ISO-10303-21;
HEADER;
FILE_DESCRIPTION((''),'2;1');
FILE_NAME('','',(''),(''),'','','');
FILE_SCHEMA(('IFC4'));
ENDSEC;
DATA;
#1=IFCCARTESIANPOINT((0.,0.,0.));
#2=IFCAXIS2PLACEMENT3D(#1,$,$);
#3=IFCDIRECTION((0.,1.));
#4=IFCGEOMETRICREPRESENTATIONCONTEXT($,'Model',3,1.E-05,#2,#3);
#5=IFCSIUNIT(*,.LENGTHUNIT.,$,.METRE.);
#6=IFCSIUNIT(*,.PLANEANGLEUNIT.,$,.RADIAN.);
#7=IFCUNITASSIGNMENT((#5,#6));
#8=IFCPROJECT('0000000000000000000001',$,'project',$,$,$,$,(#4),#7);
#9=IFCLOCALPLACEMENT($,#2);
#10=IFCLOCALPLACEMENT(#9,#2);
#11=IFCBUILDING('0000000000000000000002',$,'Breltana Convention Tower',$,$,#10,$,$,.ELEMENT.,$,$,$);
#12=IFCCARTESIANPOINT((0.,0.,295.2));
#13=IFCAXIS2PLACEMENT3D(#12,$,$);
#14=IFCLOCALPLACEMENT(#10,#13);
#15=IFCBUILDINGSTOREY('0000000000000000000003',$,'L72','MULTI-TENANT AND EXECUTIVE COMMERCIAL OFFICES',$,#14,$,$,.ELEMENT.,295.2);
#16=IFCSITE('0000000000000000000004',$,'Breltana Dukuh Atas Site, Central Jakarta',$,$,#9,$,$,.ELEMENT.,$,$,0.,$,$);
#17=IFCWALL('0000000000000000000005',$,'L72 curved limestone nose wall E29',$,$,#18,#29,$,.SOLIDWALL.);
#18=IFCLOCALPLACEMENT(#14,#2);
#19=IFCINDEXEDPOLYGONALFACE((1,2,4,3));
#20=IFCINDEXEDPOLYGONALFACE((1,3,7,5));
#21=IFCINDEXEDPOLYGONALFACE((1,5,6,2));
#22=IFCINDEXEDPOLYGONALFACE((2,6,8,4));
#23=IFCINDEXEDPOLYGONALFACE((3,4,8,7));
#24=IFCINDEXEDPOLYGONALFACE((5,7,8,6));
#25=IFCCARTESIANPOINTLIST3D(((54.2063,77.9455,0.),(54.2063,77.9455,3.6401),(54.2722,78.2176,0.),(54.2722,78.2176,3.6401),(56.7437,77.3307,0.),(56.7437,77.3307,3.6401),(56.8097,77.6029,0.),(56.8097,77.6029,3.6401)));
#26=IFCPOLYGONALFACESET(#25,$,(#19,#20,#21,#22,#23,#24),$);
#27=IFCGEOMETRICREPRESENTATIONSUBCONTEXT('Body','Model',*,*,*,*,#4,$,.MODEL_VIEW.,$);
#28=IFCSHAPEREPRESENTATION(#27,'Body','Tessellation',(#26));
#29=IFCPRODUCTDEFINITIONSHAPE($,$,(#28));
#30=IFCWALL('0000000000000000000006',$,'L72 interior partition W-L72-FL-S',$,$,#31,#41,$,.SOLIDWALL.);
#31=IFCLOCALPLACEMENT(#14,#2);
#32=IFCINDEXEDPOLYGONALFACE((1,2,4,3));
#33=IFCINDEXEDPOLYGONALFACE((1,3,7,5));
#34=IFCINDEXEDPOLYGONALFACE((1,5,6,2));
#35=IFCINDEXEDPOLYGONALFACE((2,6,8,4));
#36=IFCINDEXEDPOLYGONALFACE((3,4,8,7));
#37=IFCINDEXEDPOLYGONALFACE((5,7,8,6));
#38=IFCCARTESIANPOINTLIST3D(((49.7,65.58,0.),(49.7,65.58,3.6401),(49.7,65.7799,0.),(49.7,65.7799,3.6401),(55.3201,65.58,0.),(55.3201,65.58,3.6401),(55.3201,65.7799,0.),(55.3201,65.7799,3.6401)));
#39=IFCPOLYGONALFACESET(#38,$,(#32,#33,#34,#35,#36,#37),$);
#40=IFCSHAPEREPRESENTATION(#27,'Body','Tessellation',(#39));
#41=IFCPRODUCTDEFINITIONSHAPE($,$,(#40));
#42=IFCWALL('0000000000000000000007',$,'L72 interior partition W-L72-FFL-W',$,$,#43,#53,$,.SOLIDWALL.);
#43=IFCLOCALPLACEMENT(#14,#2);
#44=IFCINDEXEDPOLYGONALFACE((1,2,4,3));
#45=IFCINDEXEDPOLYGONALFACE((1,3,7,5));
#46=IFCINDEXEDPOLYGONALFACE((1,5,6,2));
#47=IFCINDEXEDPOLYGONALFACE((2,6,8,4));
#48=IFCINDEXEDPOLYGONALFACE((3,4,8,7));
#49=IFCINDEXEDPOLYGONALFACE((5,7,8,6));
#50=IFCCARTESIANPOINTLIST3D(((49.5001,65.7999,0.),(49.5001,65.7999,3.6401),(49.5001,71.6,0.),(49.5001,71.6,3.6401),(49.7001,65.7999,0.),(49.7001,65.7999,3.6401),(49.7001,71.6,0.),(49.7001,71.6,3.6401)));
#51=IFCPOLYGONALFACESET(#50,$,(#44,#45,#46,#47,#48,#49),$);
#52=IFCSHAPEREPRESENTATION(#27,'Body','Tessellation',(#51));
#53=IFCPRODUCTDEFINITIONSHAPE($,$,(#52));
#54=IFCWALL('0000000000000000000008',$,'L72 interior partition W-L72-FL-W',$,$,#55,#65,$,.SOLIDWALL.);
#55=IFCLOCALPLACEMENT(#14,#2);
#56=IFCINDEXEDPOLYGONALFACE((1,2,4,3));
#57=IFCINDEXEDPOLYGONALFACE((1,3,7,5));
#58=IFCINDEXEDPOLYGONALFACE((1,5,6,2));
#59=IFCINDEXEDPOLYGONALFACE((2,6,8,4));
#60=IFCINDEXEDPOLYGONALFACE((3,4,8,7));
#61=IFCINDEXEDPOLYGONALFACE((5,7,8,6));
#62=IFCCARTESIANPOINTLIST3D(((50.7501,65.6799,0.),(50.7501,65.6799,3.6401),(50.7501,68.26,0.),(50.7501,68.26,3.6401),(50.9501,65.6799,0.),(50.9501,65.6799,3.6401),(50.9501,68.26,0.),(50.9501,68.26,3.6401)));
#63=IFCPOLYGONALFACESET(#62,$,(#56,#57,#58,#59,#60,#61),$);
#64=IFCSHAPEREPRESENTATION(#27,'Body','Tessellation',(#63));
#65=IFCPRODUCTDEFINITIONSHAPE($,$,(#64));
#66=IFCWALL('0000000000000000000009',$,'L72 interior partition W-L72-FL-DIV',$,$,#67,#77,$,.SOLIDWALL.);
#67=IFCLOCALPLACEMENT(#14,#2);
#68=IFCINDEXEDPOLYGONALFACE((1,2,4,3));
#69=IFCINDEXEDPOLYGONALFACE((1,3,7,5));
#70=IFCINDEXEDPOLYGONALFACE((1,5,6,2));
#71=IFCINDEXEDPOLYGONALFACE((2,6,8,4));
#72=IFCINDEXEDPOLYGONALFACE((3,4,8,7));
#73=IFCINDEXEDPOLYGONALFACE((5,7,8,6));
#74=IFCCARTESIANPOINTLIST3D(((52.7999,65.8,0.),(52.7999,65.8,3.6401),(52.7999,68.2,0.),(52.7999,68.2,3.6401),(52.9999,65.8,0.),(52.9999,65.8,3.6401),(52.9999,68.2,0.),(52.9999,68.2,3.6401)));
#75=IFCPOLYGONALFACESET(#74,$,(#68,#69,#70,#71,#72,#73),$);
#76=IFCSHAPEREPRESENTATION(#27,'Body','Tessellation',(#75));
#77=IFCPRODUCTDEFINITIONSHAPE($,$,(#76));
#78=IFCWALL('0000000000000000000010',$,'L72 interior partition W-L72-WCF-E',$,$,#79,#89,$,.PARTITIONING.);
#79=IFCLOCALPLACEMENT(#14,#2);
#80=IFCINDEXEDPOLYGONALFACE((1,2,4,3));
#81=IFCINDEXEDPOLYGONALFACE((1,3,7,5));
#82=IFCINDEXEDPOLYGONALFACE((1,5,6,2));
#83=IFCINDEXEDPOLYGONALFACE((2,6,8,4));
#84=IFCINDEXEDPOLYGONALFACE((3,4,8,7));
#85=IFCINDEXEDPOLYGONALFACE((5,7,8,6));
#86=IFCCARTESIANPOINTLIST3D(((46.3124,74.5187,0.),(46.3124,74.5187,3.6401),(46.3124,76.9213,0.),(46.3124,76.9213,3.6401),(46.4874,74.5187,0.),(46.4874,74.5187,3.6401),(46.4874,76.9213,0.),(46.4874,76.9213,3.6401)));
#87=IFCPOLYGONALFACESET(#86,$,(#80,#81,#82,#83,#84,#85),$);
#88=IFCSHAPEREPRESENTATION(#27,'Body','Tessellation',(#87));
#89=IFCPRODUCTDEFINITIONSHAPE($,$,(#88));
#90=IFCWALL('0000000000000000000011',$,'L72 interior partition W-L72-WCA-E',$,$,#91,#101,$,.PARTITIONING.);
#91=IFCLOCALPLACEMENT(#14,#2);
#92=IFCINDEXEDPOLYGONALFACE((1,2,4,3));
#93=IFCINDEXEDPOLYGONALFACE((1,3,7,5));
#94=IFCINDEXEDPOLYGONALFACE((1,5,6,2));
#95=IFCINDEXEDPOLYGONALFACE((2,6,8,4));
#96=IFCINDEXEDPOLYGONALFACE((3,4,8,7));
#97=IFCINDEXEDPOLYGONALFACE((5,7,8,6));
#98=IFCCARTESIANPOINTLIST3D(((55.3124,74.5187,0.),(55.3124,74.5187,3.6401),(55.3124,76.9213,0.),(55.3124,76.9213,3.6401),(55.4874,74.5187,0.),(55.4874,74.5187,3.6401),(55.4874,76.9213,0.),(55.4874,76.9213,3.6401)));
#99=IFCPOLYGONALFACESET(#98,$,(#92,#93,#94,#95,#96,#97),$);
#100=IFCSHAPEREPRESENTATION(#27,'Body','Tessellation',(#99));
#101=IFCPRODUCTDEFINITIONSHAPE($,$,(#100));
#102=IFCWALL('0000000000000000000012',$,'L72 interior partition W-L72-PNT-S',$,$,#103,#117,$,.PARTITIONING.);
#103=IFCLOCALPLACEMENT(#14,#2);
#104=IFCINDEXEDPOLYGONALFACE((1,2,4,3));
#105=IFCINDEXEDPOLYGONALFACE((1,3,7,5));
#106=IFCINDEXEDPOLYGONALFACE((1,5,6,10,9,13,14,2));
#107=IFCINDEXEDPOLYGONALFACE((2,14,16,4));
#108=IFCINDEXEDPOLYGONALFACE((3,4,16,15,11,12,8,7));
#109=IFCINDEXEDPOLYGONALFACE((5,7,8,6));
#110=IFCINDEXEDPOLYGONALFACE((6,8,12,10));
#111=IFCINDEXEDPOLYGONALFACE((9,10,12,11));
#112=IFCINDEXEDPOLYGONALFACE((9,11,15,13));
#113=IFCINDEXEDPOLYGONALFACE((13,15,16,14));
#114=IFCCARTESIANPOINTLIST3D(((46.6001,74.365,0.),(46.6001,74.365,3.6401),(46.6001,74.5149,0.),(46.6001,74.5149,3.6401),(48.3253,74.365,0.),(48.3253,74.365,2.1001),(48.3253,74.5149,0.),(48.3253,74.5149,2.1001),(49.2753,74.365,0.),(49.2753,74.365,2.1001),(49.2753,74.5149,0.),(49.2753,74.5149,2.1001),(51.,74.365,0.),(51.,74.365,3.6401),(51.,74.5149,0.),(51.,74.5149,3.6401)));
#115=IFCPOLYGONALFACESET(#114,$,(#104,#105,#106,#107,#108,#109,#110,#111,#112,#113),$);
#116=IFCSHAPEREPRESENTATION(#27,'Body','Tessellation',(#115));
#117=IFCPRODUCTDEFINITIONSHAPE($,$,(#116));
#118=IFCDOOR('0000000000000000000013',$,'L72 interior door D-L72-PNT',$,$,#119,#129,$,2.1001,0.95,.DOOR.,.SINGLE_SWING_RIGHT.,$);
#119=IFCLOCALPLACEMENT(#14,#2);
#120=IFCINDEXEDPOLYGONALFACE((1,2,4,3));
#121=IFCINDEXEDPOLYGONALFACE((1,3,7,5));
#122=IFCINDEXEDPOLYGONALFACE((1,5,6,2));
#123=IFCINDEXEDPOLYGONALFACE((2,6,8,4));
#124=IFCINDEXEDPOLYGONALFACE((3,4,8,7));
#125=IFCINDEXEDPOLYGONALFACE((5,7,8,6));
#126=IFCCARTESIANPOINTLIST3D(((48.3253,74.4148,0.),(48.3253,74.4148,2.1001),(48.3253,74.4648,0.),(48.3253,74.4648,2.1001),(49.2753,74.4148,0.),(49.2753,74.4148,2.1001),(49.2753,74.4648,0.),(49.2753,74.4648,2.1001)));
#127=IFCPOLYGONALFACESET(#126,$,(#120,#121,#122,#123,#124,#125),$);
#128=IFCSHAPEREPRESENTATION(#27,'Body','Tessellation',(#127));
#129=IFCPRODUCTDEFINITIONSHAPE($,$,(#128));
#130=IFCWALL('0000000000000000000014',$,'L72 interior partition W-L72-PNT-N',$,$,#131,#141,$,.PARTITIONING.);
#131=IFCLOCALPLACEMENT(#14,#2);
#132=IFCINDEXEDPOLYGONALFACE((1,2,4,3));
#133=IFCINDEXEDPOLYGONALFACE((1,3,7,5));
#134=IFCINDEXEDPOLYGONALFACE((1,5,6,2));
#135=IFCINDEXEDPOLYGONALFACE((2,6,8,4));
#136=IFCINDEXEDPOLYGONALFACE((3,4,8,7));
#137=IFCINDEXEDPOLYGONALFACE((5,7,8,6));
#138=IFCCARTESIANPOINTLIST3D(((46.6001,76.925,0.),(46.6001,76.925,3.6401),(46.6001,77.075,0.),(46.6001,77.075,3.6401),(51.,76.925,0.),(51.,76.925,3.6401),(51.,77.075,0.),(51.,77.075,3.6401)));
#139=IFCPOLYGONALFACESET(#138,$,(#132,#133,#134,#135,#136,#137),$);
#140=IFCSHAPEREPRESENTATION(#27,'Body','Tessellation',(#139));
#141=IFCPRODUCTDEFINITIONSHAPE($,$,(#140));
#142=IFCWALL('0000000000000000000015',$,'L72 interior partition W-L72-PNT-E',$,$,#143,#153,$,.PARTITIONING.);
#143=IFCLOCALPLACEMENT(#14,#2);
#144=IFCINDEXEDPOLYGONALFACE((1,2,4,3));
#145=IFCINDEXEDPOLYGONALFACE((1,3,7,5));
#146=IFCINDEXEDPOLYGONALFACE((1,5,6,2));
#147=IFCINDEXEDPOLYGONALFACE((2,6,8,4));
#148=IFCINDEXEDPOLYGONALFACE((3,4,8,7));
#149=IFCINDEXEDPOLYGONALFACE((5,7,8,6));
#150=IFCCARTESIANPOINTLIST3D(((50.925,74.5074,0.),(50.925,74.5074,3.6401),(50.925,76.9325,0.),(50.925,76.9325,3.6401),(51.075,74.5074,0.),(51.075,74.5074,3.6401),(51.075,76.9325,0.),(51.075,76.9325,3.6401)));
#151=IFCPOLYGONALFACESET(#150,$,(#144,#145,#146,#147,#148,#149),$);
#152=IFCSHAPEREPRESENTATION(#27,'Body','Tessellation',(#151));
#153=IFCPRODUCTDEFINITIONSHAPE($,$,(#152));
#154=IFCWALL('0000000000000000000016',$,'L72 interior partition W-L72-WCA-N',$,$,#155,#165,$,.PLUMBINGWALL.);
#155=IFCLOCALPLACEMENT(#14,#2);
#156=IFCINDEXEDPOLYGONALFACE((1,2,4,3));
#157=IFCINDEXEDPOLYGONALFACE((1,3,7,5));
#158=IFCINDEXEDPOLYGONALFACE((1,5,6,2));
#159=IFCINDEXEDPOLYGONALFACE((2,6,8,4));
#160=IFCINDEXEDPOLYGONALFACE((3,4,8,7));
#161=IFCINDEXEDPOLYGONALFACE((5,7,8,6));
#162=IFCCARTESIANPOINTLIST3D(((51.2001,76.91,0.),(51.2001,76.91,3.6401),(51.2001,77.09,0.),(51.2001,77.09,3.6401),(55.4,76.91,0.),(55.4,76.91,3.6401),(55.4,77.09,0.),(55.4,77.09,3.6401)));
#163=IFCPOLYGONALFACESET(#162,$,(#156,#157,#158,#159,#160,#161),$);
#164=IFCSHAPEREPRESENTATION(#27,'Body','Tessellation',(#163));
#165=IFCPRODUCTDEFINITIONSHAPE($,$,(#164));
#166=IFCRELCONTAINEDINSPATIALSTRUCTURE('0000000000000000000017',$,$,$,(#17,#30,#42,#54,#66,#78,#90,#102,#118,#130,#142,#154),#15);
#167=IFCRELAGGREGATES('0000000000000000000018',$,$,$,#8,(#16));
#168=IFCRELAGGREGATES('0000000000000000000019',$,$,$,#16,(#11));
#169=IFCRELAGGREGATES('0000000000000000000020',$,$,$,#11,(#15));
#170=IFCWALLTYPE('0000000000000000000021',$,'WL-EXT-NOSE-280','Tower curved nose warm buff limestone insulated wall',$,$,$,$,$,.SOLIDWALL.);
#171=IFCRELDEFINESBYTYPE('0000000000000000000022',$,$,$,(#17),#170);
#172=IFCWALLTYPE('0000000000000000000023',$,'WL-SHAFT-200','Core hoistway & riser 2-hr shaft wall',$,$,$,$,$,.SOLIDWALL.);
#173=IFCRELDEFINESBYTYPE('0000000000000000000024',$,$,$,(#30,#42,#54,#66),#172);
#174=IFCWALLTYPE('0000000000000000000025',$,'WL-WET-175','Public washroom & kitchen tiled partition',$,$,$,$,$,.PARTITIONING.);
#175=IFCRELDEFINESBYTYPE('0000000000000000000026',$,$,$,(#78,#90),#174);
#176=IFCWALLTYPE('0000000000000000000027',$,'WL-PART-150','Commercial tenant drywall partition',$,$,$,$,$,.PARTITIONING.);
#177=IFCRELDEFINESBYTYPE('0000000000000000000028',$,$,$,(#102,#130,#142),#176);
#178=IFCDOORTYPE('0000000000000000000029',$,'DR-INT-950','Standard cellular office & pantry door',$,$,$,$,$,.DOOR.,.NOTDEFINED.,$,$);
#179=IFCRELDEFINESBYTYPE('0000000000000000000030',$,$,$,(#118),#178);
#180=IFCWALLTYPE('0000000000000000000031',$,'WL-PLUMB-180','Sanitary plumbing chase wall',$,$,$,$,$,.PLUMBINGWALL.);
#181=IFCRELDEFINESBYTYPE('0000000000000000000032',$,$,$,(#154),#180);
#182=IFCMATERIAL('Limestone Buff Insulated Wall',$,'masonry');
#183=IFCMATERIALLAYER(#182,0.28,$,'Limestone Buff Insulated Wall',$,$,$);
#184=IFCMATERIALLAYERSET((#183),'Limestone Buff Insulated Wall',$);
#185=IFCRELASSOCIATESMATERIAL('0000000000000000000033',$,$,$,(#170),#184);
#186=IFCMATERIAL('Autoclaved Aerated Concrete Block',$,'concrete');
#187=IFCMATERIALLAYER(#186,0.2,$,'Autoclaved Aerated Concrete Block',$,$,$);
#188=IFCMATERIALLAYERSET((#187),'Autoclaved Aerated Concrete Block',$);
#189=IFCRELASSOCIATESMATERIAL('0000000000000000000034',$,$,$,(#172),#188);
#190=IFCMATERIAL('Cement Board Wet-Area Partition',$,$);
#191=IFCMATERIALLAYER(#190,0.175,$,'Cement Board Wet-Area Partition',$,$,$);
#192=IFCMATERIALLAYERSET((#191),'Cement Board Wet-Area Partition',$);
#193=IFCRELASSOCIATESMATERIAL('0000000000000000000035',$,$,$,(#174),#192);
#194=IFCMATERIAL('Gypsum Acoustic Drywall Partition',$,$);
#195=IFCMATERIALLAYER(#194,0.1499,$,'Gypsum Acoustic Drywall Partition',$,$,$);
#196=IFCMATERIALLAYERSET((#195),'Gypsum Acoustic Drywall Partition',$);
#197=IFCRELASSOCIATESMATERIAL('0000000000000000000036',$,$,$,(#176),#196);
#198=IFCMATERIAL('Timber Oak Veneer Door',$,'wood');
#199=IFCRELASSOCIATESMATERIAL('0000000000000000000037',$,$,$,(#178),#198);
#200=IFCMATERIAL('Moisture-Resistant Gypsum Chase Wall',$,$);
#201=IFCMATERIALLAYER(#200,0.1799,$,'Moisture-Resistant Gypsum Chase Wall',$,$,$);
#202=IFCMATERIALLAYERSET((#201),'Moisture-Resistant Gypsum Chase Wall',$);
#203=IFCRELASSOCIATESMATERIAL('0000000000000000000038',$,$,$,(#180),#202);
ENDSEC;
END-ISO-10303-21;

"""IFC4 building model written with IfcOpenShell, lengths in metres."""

from ifc_helpers import new_model, si_unit, direction, frame, frame_2d, origin, place, context, subcontext, project, spatial, rectangle, extrude, source, transform, mapped, material, layer, layer_set, type_object, type_shapes, element, fill, save


model = new_model("IFC4")

# Units and contexts
model_context = context("Model", 3, precision=1e-05, world=origin(), true_north=direction((0.0, 1.0)))
body_context = subcontext(model_context, "Body", "Model", "MODEL_VIEW")
ifc_project = project(units=[si_unit("LENGTHUNIT", "METRE"), si_unit("PLANEANGLEUNIT", "RADIAN")], contexts=[model_context])

# Site, building, storey
site_placement = place(None, origin())
site = spatial("IfcSite", under=ifc_project, at=site_placement, Name="Breltana Dukuh Atas Site, Central Jakarta", CompositionType="ELEMENT", RefElevation=0.0)
building_placement = place(site_placement, origin())
building = spatial("IfcBuilding", under=site, at=building_placement, Name="Breltana Convention Tower", CompositionType="ELEMENT")
storey_placement = place(building_placement, frame((0.0, 0.0, 295.2)))
storey = spatial("IfcBuildingStorey", under=building, at=storey_placement, Name="L72", Description="MULTI-TENANT AND EXECUTIVE COMMERCIAL OFFICES", CompositionType="ELEMENT", Elevation=295.2)

# Wall
ifc_material_1 = material(Name="Limestone Buff Insulated Wall", Category="masonry")
ifc_layer_1 = layer(ifc_material_1, 0.28, Name="Limestone Buff Insulated Wall")
ifc_layer_set_1 = layer_set([ifc_layer_1], Name="Limestone Buff Insulated Wall")
wall_type_1 = type_object("IfcWallType", Name="WL-EXT-NOSE-280", Description="Tower curved nose warm buff limestone insulated wall", PredefinedType="SOLIDWALL", material=ifc_layer_set_1)
shared_shape_1 = source(origin(), body_context, "Body", "SweptSolid", [
    extrude(rectangle(XDim=2.6108, YDim=0.28, at=frame_2d((1.3054, 0.0))), origin(), (0.0, 0.0, 1.0), 3.6401),
])
wall_1_placement = place(storey_placement, frame((54.2393, 78.0815, 0.0), z_axis=(0.0, 0.0, 1.0), x_axis=(0.971883, -0.235466, 0.0)))
element("IfcWall", 1, at=wall_1_placement, inside=storey, type_object=wall_type_1, Name="L72 curved limestone nose wall E29", PredefinedType="SOLIDWALL", context=body_context, shape_type="MappedRepresentation", body=[
    mapped(shared_shape_1, transform((0.0, 0.0, 0.0), scale=1.0)),
])

# Shared definitions
ifc_material_2 = material(Name="Autoclaved Aerated Concrete Block", Category="concrete")
ifc_layer_2 = layer(ifc_material_2, 0.2, Name="Autoclaved Aerated Concrete Block")
ifc_layer_set_2 = layer_set([ifc_layer_2], Name="Autoclaved Aerated Concrete Block")
wall_type_2 = type_object("IfcWallType", Name="WL-SHAFT-200", Description="Core hoistway & riser 2-hr shaft wall", PredefinedType="SOLIDWALL", material=ifc_layer_set_2)
shared_shape_2 = source(origin(), body_context, "Body", "SweptSolid", [
    extrude(rectangle(XDim=5.6201, YDim=0.2, at=frame_2d((2.8101, 0.0))), origin(), (0.0, 0.0, 1.0), 3.6401),
])

# Walls
wall_2_placement = place(storey_placement, frame((49.7, 65.6799, 0.0), z_axis=(0.0, 0.0, 1.0), x_axis=(1.0, 0.0, 0.0)))
element("IfcWall", 2, at=wall_2_placement, inside=storey, type_object=wall_type_2, Name="L72 interior partition W-L72-FL-S", PredefinedType="SOLIDWALL", context=body_context, shape_type="MappedRepresentation", body=[
    mapped(shared_shape_2, transform((0.0, 0.0, 0.0), scale=1.0)),
])
shared_shape_3 = source(origin(), body_context, "Body", "SweptSolid", [
    extrude(rectangle(XDim=5.8, YDim=0.2, at=frame_2d((2.8999, 0.0))), origin(), (0.0, 0.0, 1.0), 3.6401),
])
wall_3_placement = place(storey_placement, frame((49.6001, 65.8, 0.0), z_axis=(0.0, 0.0, 1.0), x_axis=(0.0, 1.0, 0.0)))
element("IfcWall", 3, at=wall_3_placement, inside=storey, type_object=wall_type_2, Name="L72 interior partition W-L72-FFL-W", PredefinedType="SOLIDWALL", context=body_context, shape_type="MappedRepresentation", body=[
    mapped(shared_shape_3, transform((0.0, 0.0, 0.0), scale=1.0)),
])
shared_shape_4 = source(origin(), body_context, "Body", "SweptSolid", [
    extrude(rectangle(XDim=2.5801, YDim=0.2, at=frame_2d((1.29, 0.0))), origin(), (0.0, 0.0, 1.0), 3.6401),
])
wall_4_placement = place(storey_placement, frame((50.8501, 65.6799, 0.0), z_axis=(0.0, 0.0, 1.0), x_axis=(0.0, 1.0, 0.0)))
element("IfcWall", 4, at=wall_4_placement, inside=storey, type_object=wall_type_2, Name="L72 interior partition W-L72-FL-W", PredefinedType="SOLIDWALL", context=body_context, shape_type="MappedRepresentation", body=[
    mapped(shared_shape_4, transform((0.0, 0.0, 0.0), scale=1.0)),
])
shared_shape_5 = source(origin(), body_context, "Body", "SweptSolid", [
    extrude(rectangle(XDim=2.3999, YDim=0.2, at=frame_2d((1.2, 0.0))), origin(), (0.0, 0.0, 1.0), 3.6401),
])
wall_5_placement = place(storey_placement, frame((52.8999, 65.8, 0.0), z_axis=(0.0, 0.0, 1.0), x_axis=(0.0, 1.0, 0.0)))
element("IfcWall", 5, at=wall_5_placement, inside=storey, type_object=wall_type_2, Name="L72 interior partition W-L72-FL-DIV", PredefinedType="SOLIDWALL", context=body_context, shape_type="MappedRepresentation", body=[
    mapped(shared_shape_5, transform((0.0, 0.0, 0.0), scale=1.0)),
])
ifc_material_3 = material(Name="Cement Board Wet-Area Partition")
ifc_layer_3 = layer(ifc_material_3, 0.175, Name="Cement Board Wet-Area Partition")
ifc_layer_set_3 = layer_set([ifc_layer_3], Name="Cement Board Wet-Area Partition")
wall_type_3 = type_object("IfcWallType", Name="WL-WET-175", Description="Public washroom & kitchen tiled partition", PredefinedType="PARTITIONING", material=ifc_layer_set_3)
shared_shape_6 = source(origin(), body_context, "Body", "SweptSolid", [
    extrude(rectangle(XDim=2.4026, YDim=0.175, at=frame_2d((1.2012, 0.0))), origin(), (0.0, 0.0, 1.0), 3.6401),
])
for number, where, z_axis, x_axis, name in (
    (6, (46.3999, 74.5188, 0.0), (0.0, 0.0, 1.0), (0.0, 1.0, 0.0), "L72 interior partition W-L72-WCF-E"),
    (7, (55.3999, 74.5188, 0.0), (0.0, 0.0, 1.0), (0.0, 1.0, 0.0), "L72 interior partition W-L72-WCA-E"),
):
    element("IfcWall", number, at=place(storey_placement, frame(where, z_axis=z_axis, x_axis=x_axis)), inside=storey, type_object=wall_type_3, Name=name, PredefinedType="PARTITIONING", context=body_context, shape_type="MappedRepresentation", body=[
        mapped(shared_shape_6, transform((0.0, 0.0, 0.0), scale=1.0)),
    ])

# Wall, opening, door
ifc_material_4 = material(Name="Gypsum Acoustic Drywall Partition")
ifc_layer_4 = layer(ifc_material_4, 0.1499, Name="Gypsum Acoustic Drywall Partition")
ifc_layer_set_4 = layer_set([ifc_layer_4], Name="Gypsum Acoustic Drywall Partition")
wall_type_4 = type_object("IfcWallType", Name="WL-PART-150", Description="Commercial tenant drywall partition", PredefinedType="PARTITIONING", material=ifc_layer_set_4)
shared_shape_7 = source(origin(), body_context, "Body", "SweptSolid", [
    extrude(rectangle(XDim=4.3999, YDim=0.1499, at=frame_2d((2.2, 0.0))), origin(), (0.0, 0.0, 1.0), 3.6401),
])
wall_6_placement = place(storey_placement, frame((46.6001, 74.4399, 0.0), z_axis=(0.0, 0.0, 1.0), x_axis=(1.0, 0.0, 0.0)))
wall_6 = element("IfcWall", 8, at=wall_6_placement, inside=storey, type_object=wall_type_4, Name="L72 interior partition W-L72-PNT-S", PredefinedType="PARTITIONING", context=body_context, shape_type="MappedRepresentation", body=[
    mapped(shared_shape_7, transform((0.0, 0.0, 0.0), scale=1.0)),
])
opening_1_placement = place(wall_6_placement, frame((1.7251, 0.0, 0.0)))
opening_1 = element("IfcOpeningElement", 9, at=opening_1_placement, cuts=wall_6, PredefinedType="OPENING", context=body_context, shape_type="SweptSolid", body=[
    extrude(rectangle(XDim=0.95, YDim=2.1001, at=frame_2d((0.4751, 1.05))), frame((0.0, 0.085, 0.0), z_axis=(0.0, -1.0, 0.0), x_axis=(1.0, 0.0, 0.0)), (0.0, 0.0, 1.0), 0.1699),
])
ifc_material_5 = material(Name="Timber Oak Veneer Door", Category="wood")
door_type_1 = type_object("IfcDoorType", Name="DR-INT-950", Description="Standard cellular office & pantry door", OperationType="NOTDEFINED", PredefinedType="DOOR", material=ifc_material_5)
shared_shape_8 = source(origin(), body_context, "Body", "SweptSolid", [
    extrude(rectangle(XDim=0.95, YDim=2.1001, at=frame_2d((0.4751, 1.05))), frame((0.0, 0.0249, 0.0), z_axis=(0.0, -1.0, 0.0), x_axis=(1.0, 0.0, 0.0)), (0.0, 0.0, 1.0), 0.05),
])
type_shapes(door_type_1, [shared_shape_8])
door_1_placement = place(opening_1_placement, origin())
door_1 = element("IfcDoor", 10, at=door_1_placement, inside=storey, type_object=door_type_1, Name="L72 interior door D-L72-PNT", OperationType="SINGLE_SWING_RIGHT", OverallHeight=2.1001, OverallWidth=0.95, PredefinedType="DOOR", context=body_context, shape_type="MappedRepresentation", body=[
    mapped(shared_shape_8, transform((0.0, 0.0, 0.0), scale=1.0)),
])
fill(opening_1, door_1)

# Walls
wall_7_placement = place(storey_placement, frame((46.6001, 77.0, 0.0), z_axis=(0.0, 0.0, 1.0), x_axis=(1.0, 0.0, 0.0)))
element("IfcWall", 11, at=wall_7_placement, inside=storey, type_object=wall_type_4, Name="L72 interior partition W-L72-PNT-N", PredefinedType="PARTITIONING", context=body_context, shape_type="MappedRepresentation", body=[
    mapped(shared_shape_7, transform((0.0, 0.0, 0.0), scale=1.0)),
])
shared_shape_9 = source(origin(), body_context, "Body", "SweptSolid", [
    extrude(rectangle(XDim=2.425, YDim=0.1499, at=frame_2d((1.2124, 0.0))), origin(), (0.0, 0.0, 1.0), 3.6401),
])
wall_8_placement = place(storey_placement, frame((51.0, 74.5076, 0.0), z_axis=(0.0, 0.0, 1.0), x_axis=(0.0, 1.0, 0.0)))
element("IfcWall", 12, at=wall_8_placement, inside=storey, type_object=wall_type_4, Name="L72 interior partition W-L72-PNT-E", PredefinedType="PARTITIONING", context=body_context, shape_type="MappedRepresentation", body=[
    mapped(shared_shape_9, transform((0.0, 0.0, 0.0), scale=1.0)),
])

# Wall
ifc_material_6 = material(Name="Moisture-Resistant Gypsum Chase Wall")
ifc_layer_5 = layer(ifc_material_6, 0.1799, Name="Moisture-Resistant Gypsum Chase Wall")
ifc_layer_set_5 = layer_set([ifc_layer_5], Name="Moisture-Resistant Gypsum Chase Wall")
wall_type_5 = type_object("IfcWallType", Name="WL-PLUMB-180", Description="Sanitary plumbing chase wall", PredefinedType="PLUMBINGWALL", material=ifc_layer_set_5)
shared_shape_10 = source(origin(), body_context, "Body", "SweptSolid", [
    extrude(rectangle(XDim=4.2, YDim=0.1799, at=frame_2d((2.1001, 0.0))), origin(), (0.0, 0.0, 1.0), 3.6401),
])
wall_9_placement = place(storey_placement, frame((51.2, 77.0, 0.0), z_axis=(0.0, 0.0, 1.0), x_axis=(1.0, 0.0, 0.0)))
element("IfcWall", 13, at=wall_9_placement, inside=storey, type_object=wall_type_5, Name="L72 interior partition W-L72-WCA-N", PredefinedType="PLUMBINGWALL", context=body_context, shape_type="MappedRepresentation", body=[
    mapped(shared_shape_10, transform((0.0, 0.0, 0.0), scale=1.0)),
])

save(model, "model.ifc")
